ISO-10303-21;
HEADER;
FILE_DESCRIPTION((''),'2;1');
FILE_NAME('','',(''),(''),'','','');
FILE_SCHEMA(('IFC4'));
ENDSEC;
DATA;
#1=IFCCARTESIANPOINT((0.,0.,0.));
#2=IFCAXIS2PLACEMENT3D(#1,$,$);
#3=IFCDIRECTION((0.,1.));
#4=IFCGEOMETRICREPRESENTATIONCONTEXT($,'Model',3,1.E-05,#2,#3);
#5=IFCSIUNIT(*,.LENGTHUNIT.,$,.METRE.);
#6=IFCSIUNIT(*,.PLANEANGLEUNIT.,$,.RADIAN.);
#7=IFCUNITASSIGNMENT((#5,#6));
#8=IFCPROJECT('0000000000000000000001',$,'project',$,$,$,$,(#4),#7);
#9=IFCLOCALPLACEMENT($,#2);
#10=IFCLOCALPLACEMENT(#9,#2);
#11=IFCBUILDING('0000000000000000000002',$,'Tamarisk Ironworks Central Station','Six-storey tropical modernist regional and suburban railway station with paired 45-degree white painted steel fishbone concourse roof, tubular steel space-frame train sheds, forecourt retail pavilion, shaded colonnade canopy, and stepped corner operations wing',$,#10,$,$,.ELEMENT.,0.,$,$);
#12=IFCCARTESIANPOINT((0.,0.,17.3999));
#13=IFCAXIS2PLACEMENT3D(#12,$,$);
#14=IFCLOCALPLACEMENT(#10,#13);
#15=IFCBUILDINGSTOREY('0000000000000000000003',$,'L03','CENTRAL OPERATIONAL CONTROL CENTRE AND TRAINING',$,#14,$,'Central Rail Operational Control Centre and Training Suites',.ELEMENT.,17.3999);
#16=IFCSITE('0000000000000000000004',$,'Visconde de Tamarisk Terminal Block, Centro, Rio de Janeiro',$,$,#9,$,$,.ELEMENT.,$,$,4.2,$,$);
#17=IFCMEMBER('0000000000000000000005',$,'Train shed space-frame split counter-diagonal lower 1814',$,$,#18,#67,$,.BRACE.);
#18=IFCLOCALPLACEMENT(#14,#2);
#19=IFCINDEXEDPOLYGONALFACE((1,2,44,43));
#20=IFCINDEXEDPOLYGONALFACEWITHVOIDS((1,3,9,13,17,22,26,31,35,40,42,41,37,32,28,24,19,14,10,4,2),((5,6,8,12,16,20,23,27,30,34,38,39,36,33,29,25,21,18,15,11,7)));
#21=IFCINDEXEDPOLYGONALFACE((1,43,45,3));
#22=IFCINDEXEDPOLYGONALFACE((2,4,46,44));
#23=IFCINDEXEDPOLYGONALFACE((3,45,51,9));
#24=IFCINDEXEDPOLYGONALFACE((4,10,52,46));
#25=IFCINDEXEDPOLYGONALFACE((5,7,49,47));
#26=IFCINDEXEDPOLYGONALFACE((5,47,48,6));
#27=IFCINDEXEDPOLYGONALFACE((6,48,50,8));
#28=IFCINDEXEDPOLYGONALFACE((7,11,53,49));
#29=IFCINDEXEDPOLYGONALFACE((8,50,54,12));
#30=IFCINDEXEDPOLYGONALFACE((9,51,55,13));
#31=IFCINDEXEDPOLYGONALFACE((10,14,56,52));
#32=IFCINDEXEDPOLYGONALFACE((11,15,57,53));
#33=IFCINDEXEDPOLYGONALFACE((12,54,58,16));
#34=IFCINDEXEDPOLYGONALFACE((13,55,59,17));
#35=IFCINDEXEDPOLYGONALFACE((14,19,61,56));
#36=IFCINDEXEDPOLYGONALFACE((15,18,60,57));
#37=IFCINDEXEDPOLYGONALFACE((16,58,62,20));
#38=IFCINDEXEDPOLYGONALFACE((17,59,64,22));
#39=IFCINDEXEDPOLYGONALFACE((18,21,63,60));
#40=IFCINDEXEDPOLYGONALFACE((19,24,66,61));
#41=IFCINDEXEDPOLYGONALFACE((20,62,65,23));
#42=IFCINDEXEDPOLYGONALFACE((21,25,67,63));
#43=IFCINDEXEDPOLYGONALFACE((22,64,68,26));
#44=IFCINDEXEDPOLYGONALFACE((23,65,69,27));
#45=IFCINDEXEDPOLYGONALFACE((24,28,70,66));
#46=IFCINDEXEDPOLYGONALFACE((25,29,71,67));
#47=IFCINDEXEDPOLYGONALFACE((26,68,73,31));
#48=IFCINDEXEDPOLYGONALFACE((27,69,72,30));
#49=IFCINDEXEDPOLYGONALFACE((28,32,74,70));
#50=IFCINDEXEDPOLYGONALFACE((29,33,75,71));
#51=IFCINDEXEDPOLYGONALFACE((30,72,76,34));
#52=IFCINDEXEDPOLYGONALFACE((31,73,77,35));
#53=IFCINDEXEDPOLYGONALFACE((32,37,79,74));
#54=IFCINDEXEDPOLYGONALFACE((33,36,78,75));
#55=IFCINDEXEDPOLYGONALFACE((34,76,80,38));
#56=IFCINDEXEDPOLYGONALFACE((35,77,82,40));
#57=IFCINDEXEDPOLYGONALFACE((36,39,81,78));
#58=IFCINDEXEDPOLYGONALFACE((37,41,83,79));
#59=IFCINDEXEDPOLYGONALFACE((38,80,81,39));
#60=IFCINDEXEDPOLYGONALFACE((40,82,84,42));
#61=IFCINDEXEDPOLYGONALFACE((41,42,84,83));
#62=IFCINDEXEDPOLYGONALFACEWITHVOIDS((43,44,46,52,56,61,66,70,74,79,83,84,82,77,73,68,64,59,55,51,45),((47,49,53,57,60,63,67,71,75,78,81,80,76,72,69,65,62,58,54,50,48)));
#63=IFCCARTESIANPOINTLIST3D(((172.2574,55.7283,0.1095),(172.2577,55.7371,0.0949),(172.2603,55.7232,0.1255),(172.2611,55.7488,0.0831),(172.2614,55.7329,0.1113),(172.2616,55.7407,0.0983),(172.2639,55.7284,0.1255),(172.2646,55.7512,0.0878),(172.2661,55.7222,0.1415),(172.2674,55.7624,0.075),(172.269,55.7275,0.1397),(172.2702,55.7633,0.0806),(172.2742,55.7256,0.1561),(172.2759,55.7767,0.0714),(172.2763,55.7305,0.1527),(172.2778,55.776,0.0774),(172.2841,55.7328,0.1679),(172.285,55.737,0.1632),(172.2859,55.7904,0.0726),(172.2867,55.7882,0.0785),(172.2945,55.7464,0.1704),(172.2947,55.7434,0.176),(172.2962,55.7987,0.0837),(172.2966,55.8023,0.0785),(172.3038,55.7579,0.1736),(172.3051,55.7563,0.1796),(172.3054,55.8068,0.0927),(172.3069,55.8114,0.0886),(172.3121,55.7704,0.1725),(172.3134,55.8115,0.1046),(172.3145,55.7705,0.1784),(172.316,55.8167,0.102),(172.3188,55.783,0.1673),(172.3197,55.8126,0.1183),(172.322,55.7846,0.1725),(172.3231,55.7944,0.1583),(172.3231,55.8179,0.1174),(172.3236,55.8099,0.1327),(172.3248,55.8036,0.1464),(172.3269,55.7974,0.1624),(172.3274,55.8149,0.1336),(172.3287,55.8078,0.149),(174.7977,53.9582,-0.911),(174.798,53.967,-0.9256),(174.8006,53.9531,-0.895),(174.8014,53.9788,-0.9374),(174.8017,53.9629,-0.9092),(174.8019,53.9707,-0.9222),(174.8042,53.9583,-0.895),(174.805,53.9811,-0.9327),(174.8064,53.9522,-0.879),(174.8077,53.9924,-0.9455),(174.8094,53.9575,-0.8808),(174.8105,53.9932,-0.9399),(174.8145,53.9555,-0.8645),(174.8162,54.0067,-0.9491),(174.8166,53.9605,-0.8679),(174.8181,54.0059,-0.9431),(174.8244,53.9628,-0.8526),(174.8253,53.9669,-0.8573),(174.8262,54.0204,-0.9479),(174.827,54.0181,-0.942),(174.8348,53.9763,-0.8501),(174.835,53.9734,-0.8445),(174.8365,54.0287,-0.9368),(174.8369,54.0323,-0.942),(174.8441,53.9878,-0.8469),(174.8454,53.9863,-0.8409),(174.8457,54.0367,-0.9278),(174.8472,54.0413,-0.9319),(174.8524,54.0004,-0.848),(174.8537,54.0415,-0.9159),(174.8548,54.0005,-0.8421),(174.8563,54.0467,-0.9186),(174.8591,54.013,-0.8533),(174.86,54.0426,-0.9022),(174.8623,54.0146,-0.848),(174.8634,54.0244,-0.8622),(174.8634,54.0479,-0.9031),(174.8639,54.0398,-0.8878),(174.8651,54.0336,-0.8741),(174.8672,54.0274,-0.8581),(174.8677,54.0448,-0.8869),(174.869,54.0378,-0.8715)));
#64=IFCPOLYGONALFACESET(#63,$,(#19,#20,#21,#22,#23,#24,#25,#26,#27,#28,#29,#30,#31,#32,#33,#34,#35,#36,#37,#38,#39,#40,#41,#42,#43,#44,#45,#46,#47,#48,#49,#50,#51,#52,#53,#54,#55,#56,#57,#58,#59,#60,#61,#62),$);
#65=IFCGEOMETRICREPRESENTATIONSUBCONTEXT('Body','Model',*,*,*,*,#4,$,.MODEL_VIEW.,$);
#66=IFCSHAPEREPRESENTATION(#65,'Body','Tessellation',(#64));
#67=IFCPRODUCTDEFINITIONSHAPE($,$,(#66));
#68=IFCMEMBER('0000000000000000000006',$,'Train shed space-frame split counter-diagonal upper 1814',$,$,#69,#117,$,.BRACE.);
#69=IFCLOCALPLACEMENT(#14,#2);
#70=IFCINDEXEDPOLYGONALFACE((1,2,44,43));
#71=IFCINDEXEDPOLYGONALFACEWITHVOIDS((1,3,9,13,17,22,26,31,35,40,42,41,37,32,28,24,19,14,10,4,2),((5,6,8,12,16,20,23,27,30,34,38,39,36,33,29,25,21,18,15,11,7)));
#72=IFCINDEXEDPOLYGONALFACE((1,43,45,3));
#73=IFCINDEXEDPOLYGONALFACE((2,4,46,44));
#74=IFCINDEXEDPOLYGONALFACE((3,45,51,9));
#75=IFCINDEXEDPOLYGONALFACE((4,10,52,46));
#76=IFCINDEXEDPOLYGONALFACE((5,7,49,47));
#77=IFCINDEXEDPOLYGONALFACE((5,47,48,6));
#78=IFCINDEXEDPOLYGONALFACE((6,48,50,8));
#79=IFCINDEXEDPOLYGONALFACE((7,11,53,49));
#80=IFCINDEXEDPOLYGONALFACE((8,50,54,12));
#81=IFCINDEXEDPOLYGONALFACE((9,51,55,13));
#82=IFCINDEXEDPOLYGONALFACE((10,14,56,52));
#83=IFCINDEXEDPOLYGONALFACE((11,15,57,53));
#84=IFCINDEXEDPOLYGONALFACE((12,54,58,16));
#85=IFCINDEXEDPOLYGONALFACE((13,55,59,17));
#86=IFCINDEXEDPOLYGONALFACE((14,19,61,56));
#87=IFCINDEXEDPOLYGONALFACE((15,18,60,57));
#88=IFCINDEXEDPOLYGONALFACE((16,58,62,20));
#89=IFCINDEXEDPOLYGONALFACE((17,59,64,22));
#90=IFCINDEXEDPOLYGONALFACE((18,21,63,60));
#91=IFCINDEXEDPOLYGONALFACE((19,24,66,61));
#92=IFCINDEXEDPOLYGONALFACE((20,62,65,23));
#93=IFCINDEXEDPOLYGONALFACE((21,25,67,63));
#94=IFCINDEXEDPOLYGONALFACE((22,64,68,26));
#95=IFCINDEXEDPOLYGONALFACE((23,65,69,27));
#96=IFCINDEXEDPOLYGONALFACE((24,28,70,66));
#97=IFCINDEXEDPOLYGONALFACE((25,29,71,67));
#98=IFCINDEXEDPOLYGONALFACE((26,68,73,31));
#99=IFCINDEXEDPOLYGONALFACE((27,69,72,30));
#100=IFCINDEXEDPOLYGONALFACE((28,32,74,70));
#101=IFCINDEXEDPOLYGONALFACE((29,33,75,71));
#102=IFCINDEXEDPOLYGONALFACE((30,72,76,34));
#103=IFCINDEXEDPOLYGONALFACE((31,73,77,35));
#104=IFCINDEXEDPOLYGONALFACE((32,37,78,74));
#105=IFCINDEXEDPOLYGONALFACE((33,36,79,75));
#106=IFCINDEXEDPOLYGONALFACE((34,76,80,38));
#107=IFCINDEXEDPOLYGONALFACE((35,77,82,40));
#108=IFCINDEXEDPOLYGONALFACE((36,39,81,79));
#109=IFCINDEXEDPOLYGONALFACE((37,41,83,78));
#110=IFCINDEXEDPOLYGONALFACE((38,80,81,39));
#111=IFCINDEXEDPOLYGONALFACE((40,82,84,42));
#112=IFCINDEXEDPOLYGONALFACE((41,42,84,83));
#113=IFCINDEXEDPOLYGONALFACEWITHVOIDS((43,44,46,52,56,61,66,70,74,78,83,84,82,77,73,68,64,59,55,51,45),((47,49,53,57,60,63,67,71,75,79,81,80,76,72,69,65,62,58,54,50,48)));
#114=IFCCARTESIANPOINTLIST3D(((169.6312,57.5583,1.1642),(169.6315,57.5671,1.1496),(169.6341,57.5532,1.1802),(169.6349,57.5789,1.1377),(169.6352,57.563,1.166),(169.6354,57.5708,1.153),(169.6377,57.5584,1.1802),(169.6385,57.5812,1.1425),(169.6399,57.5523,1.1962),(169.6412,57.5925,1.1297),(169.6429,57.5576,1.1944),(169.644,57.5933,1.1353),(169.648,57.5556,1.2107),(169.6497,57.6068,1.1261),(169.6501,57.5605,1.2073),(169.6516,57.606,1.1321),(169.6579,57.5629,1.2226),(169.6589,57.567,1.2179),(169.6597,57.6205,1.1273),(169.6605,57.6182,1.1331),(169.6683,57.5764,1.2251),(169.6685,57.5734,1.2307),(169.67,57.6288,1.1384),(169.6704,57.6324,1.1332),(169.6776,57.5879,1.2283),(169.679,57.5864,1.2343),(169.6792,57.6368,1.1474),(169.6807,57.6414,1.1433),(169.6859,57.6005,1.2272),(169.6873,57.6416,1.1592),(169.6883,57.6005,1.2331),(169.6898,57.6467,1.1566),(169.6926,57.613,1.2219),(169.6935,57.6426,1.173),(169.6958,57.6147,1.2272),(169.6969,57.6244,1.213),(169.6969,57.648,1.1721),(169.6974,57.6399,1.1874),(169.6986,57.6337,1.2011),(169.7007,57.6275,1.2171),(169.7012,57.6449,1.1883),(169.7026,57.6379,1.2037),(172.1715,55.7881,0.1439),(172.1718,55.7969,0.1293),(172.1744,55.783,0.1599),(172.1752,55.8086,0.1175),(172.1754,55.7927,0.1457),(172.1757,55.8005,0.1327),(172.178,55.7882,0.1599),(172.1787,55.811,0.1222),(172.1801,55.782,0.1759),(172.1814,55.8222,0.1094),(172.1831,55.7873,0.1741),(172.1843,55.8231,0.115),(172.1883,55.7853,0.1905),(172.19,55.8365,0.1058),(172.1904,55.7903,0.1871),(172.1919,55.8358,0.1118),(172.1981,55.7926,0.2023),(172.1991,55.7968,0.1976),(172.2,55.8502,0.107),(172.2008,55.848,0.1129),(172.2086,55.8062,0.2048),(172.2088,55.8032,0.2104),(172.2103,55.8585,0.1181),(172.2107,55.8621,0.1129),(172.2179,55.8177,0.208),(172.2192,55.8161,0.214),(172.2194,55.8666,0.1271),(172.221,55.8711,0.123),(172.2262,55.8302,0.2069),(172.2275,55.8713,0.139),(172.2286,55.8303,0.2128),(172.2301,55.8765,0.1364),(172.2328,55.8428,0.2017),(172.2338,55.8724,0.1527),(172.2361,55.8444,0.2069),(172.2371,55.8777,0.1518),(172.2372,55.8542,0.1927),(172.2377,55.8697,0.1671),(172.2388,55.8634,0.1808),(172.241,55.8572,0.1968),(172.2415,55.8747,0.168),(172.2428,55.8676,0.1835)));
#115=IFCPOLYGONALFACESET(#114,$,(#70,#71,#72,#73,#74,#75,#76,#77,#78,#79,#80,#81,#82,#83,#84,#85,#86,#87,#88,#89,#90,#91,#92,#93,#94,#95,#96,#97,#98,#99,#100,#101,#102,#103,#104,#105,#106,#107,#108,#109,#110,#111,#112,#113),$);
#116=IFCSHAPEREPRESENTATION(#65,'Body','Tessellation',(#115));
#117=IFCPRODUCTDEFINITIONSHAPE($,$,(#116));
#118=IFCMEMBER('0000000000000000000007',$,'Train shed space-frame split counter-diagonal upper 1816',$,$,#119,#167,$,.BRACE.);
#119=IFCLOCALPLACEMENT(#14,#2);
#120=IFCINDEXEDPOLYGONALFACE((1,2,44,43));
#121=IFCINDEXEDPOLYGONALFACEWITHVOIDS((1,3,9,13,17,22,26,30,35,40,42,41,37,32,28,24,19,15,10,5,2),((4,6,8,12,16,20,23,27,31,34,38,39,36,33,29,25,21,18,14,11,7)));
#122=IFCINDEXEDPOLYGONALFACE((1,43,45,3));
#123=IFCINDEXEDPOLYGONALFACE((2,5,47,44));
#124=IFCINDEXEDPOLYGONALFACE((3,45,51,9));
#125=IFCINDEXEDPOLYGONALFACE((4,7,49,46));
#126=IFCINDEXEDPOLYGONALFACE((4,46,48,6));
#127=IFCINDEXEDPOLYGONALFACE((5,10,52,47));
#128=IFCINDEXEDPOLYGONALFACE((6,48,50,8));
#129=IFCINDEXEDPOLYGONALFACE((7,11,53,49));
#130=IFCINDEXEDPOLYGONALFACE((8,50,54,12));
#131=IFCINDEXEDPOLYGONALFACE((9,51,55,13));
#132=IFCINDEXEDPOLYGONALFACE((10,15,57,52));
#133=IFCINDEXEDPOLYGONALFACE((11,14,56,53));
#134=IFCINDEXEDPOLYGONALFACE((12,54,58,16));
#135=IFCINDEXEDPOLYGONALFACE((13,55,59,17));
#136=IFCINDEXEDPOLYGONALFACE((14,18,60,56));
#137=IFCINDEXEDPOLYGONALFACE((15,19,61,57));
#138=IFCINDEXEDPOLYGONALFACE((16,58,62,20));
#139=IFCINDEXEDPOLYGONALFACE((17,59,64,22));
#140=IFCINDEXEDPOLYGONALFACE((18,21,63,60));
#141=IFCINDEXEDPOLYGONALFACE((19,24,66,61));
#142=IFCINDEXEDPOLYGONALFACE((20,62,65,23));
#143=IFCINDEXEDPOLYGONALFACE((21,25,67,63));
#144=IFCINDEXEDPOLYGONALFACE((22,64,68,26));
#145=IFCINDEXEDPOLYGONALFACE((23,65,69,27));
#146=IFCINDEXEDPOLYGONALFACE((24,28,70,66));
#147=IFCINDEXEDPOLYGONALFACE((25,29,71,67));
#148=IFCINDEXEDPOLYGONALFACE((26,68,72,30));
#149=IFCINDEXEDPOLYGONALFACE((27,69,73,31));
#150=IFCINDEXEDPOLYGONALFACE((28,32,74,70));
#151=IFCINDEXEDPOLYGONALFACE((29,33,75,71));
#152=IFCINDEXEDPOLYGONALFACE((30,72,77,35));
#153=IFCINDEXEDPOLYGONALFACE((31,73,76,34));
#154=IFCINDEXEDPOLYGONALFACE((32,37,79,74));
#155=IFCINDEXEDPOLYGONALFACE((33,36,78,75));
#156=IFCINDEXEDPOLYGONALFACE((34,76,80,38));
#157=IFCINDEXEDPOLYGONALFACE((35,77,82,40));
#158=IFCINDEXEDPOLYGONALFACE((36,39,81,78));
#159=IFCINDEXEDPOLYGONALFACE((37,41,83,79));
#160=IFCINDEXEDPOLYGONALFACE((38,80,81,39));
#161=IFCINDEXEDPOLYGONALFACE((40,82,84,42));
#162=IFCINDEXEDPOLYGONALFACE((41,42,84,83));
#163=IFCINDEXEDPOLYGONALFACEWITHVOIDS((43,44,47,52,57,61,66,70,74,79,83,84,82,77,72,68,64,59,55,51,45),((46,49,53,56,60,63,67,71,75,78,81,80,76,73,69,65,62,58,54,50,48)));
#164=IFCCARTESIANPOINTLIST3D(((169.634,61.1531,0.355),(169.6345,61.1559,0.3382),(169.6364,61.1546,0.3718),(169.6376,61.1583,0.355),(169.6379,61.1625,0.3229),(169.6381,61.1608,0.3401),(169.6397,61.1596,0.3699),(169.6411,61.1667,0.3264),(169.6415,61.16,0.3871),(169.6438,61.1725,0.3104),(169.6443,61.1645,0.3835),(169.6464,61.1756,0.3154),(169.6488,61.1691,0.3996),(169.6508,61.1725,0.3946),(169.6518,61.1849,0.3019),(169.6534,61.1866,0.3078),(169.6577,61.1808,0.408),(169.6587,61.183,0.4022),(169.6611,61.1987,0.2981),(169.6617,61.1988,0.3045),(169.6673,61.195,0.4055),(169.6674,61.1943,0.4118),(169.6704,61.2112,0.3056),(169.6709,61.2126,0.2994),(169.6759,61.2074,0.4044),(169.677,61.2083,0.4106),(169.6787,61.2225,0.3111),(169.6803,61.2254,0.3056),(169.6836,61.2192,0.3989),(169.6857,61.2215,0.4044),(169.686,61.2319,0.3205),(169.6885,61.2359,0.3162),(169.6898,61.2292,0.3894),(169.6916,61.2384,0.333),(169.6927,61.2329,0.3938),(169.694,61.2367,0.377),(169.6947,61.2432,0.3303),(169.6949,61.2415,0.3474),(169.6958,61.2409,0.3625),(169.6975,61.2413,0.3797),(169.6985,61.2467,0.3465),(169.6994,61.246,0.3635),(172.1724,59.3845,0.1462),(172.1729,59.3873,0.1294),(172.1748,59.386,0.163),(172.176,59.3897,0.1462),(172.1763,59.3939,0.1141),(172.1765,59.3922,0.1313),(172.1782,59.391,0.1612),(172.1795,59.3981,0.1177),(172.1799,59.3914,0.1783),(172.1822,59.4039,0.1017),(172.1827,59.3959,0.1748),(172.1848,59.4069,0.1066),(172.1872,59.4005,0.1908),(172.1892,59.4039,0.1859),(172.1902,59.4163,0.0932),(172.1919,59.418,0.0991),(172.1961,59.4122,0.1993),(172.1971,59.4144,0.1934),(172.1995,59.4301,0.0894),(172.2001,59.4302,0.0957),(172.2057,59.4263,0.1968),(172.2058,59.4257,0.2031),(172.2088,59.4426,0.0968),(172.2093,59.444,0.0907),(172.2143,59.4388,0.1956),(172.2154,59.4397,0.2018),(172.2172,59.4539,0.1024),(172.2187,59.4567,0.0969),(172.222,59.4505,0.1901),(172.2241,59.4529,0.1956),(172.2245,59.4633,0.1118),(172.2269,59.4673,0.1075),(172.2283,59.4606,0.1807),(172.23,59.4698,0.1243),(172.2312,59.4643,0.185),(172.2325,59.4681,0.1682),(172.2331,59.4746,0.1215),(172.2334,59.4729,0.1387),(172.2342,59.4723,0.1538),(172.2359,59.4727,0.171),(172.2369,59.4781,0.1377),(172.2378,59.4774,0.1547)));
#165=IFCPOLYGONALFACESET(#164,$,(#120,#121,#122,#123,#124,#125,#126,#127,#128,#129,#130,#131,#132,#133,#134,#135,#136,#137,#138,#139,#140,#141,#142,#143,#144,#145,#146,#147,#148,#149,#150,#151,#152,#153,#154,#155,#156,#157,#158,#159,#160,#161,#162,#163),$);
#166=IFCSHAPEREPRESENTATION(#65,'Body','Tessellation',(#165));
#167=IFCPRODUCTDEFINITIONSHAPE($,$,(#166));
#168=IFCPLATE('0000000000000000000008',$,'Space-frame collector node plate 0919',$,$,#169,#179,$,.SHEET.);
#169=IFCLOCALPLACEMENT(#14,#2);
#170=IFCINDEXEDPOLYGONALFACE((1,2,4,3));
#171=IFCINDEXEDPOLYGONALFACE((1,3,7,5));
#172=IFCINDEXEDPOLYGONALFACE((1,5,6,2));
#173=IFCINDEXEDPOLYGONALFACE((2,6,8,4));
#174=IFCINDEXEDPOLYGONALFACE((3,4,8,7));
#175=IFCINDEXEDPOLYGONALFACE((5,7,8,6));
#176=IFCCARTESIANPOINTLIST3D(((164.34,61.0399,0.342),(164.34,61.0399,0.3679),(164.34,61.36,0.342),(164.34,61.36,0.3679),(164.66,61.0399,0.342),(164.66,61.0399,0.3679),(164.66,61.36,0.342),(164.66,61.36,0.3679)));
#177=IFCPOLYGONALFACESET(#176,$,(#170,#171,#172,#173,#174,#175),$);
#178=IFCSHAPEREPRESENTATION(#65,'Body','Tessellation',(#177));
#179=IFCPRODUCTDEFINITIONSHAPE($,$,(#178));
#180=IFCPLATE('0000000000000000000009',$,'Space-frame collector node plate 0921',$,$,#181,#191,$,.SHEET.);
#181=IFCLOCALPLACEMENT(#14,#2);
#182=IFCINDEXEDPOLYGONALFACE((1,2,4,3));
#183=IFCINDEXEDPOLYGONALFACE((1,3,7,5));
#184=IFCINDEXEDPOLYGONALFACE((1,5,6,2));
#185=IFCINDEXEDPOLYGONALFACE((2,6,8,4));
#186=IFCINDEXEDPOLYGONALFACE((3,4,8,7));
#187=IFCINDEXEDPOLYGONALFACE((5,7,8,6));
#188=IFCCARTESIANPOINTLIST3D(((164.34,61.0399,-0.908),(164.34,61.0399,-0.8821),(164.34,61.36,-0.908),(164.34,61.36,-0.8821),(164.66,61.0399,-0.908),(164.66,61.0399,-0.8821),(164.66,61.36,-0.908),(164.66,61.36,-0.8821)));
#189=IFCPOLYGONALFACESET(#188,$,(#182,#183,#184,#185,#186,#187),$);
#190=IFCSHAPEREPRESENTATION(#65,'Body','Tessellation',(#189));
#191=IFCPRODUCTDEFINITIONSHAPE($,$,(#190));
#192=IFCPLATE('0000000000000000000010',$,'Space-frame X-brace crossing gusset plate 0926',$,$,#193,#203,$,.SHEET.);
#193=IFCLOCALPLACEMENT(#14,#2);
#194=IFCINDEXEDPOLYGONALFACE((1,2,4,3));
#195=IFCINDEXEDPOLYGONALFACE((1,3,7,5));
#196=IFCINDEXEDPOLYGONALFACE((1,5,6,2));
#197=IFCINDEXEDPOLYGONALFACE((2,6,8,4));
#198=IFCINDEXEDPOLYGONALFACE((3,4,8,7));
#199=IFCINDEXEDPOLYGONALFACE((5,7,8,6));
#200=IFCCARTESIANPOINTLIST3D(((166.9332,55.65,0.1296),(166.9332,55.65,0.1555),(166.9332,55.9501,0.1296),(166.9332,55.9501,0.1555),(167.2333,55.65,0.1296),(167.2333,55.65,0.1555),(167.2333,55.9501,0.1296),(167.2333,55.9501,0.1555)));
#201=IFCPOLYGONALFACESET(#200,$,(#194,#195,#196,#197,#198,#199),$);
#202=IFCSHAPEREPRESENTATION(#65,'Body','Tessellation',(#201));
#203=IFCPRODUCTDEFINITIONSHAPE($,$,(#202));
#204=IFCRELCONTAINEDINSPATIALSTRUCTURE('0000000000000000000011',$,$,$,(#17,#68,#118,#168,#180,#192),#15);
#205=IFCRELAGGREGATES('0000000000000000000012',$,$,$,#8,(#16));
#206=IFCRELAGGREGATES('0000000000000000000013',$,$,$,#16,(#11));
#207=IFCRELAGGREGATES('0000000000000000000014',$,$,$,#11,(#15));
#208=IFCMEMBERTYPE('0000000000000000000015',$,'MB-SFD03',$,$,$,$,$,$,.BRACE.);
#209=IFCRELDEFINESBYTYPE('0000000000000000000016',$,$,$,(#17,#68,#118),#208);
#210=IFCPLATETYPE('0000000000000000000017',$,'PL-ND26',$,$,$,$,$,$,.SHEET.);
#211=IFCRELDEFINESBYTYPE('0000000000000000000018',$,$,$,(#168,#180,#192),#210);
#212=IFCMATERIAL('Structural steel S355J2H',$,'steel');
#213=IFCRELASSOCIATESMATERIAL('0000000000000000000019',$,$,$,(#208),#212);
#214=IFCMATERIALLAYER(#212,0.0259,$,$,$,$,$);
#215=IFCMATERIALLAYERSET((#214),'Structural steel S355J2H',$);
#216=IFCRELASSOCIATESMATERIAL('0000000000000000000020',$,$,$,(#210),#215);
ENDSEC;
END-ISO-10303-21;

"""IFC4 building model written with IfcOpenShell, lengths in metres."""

from ifc_helpers import new_model, si_unit, direction, frame, origin, origin_2d, place, context, subcontext, project, spatial, rectangle, hollow_circle, extrude, material, layer, layer_set, material_profile, profile_set, type_object, element, save


model = new_model("IFC4")

# Units and contexts
model_context = context("Model", 3, precision=1e-05, world=origin(), true_north=direction((0.0, 1.0)))
body_context = subcontext(model_context, "Body", "Model", "MODEL_VIEW")
ifc_project = project(units=[si_unit("LENGTHUNIT", "METRE"), si_unit("PLANEANGLEUNIT", "RADIAN")], contexts=[model_context])

# Site, building, storey
site_placement = place(None, origin())
site = spatial("IfcSite", under=ifc_project, at=site_placement, Name="Visconde de Tamarisk Terminal Block, Centro, Rio de Janeiro", CompositionType="ELEMENT", RefElevation=4.2)
building_placement = place(site_placement, origin())
building = spatial("IfcBuilding", under=site, at=building_placement, Name="Tamarisk Ironworks Central Station", Description="Six-storey tropical modernist regional and suburban railway station with paired 45-degree white painted steel fishbone concourse roof, tubular steel space-frame train sheds, forecourt retail pavilion, shaded colonnade canopy, and stepped corner operations wing", CompositionType="ELEMENT", ElevationOfRefHeight=0.0)
storey_placement = place(building_placement, frame((0.0, 0.0, 17.3999)))
storey = spatial("IfcBuildingStorey", under=building, at=storey_placement, Name="L03", Description="CENTRAL OPERATIONAL CONTROL CENTRE AND TRAINING", LongName="Central Rail Operational Control Centre and Training Suites", CompositionType="ELEMENT", Elevation=17.3999)

# Members
ifc_material = material(Name="Structural steel S355J2H", Category="steel")
ifc_material_profile_1 = material_profile(ifc_material, hollow_circle(Radius=0.0571, WallThickness=0.0063, at=origin_2d()), Name="CHS 114.3x6.3")
ifc_profile_set_1 = profile_set([ifc_material_profile_1], Name="Structural steel S355J2H")
member_type_1 = type_object("IfcMemberType", Name="MB-SFD03", PredefinedType="BRACE", material=ifc_profile_set_1)
for number, where, z_axis, x_axis, name in (
    (1, (174.8333, 54.0, -0.895), (-0.779234, 0.542955, 0.313042), (-0.571688, -0.820471, 0.0), "Train shed space-frame split counter-diagonal lower 1814"),
    (2, (172.207, 55.8298, 0.1599), (-0.77922, 0.54302, 0.312961), (-0.571741, -0.820434, 0.0), "Train shed space-frame split counter-diagonal upper 1814"),
):
    element("IfcMember", number, at=place(storey_placement, frame(where, z_axis=z_axis, x_axis=x_axis)), inside=storey, type_object=member_type_1, Name=name, PredefinedType="BRACE", context=body_context, shape_type="SweptSolid", body=[
        extrude(hollow_circle(Radius=0.0571, WallThickness=0.0063, at=origin_2d()), origin(), (0.0, 0.0, 1.0), 3.26),
    ])
member_1_placement = place(storey_placement, frame((172.2051, 59.4314, 0.1462), z_axis=(-0.818625, 0.570369, 0.06732), x_axis=(-0.571666, -0.820487, 0.0)))
element("IfcMember", 3, at=member_1_placement, inside=storey, type_object=member_type_1, Name="Train shed space-frame split counter-diagonal upper 1816", PredefinedType="BRACE", context=body_context, shape_type="SweptSolid", body=[
    extrude(hollow_circle(Radius=0.0571, WallThickness=0.0063, at=origin_2d()), origin(), (0.0, 0.0, 1.0), 3.1008),
])

# Plates
ifc_layer = layer(ifc_material, 0.0259)
ifc_layer_set = layer_set([ifc_layer], Name="Structural steel S355J2H")
plate_type = type_object("IfcPlateType", Name="PL-ND26", PredefinedType="SHEET", material=ifc_layer_set)
for number, where, z_axis, x_axis, name in (
    (4, (164.5, 61.2, 0.342), (0.0, 0.0, 1.0), (1.0, 0.0, 0.0), "Space-frame collector node plate 0919"),
    (5, (164.5, 61.2, -0.908), (0.0, 0.0, 1.0), (1.0, 0.0, 0.0), "Space-frame collector node plate 0921"),
):
    element("IfcPlate", number, at=place(storey_placement, frame(where, z_axis=z_axis, x_axis=x_axis)), inside=storey, type_object=plate_type, Name=name, PredefinedType="SHEET", context=body_context, shape_type="SweptSolid", body=[
        extrude(rectangle(XDim=0.3201, YDim=0.3201, at=origin_2d()), origin(), (0.0, 0.0, 1.0), 0.0259),
    ])
plate_1_placement = place(storey_placement, frame((167.0833, 55.8, 0.1296), z_axis=(0.0, 0.0, 1.0), x_axis=(1.0, 0.0, 0.0)))
element("IfcPlate", 6, at=plate_1_placement, inside=storey, type_object=plate_type, Name="Space-frame X-brace crossing gusset plate 0926", PredefinedType="SHEET", context=body_context, shape_type="SweptSolid", body=[
    extrude(rectangle(XDim=0.3, YDim=0.3, at=origin_2d()), origin(), (0.0, 0.0, 1.0), 0.0259),
])

save(model, "model.ifc")
